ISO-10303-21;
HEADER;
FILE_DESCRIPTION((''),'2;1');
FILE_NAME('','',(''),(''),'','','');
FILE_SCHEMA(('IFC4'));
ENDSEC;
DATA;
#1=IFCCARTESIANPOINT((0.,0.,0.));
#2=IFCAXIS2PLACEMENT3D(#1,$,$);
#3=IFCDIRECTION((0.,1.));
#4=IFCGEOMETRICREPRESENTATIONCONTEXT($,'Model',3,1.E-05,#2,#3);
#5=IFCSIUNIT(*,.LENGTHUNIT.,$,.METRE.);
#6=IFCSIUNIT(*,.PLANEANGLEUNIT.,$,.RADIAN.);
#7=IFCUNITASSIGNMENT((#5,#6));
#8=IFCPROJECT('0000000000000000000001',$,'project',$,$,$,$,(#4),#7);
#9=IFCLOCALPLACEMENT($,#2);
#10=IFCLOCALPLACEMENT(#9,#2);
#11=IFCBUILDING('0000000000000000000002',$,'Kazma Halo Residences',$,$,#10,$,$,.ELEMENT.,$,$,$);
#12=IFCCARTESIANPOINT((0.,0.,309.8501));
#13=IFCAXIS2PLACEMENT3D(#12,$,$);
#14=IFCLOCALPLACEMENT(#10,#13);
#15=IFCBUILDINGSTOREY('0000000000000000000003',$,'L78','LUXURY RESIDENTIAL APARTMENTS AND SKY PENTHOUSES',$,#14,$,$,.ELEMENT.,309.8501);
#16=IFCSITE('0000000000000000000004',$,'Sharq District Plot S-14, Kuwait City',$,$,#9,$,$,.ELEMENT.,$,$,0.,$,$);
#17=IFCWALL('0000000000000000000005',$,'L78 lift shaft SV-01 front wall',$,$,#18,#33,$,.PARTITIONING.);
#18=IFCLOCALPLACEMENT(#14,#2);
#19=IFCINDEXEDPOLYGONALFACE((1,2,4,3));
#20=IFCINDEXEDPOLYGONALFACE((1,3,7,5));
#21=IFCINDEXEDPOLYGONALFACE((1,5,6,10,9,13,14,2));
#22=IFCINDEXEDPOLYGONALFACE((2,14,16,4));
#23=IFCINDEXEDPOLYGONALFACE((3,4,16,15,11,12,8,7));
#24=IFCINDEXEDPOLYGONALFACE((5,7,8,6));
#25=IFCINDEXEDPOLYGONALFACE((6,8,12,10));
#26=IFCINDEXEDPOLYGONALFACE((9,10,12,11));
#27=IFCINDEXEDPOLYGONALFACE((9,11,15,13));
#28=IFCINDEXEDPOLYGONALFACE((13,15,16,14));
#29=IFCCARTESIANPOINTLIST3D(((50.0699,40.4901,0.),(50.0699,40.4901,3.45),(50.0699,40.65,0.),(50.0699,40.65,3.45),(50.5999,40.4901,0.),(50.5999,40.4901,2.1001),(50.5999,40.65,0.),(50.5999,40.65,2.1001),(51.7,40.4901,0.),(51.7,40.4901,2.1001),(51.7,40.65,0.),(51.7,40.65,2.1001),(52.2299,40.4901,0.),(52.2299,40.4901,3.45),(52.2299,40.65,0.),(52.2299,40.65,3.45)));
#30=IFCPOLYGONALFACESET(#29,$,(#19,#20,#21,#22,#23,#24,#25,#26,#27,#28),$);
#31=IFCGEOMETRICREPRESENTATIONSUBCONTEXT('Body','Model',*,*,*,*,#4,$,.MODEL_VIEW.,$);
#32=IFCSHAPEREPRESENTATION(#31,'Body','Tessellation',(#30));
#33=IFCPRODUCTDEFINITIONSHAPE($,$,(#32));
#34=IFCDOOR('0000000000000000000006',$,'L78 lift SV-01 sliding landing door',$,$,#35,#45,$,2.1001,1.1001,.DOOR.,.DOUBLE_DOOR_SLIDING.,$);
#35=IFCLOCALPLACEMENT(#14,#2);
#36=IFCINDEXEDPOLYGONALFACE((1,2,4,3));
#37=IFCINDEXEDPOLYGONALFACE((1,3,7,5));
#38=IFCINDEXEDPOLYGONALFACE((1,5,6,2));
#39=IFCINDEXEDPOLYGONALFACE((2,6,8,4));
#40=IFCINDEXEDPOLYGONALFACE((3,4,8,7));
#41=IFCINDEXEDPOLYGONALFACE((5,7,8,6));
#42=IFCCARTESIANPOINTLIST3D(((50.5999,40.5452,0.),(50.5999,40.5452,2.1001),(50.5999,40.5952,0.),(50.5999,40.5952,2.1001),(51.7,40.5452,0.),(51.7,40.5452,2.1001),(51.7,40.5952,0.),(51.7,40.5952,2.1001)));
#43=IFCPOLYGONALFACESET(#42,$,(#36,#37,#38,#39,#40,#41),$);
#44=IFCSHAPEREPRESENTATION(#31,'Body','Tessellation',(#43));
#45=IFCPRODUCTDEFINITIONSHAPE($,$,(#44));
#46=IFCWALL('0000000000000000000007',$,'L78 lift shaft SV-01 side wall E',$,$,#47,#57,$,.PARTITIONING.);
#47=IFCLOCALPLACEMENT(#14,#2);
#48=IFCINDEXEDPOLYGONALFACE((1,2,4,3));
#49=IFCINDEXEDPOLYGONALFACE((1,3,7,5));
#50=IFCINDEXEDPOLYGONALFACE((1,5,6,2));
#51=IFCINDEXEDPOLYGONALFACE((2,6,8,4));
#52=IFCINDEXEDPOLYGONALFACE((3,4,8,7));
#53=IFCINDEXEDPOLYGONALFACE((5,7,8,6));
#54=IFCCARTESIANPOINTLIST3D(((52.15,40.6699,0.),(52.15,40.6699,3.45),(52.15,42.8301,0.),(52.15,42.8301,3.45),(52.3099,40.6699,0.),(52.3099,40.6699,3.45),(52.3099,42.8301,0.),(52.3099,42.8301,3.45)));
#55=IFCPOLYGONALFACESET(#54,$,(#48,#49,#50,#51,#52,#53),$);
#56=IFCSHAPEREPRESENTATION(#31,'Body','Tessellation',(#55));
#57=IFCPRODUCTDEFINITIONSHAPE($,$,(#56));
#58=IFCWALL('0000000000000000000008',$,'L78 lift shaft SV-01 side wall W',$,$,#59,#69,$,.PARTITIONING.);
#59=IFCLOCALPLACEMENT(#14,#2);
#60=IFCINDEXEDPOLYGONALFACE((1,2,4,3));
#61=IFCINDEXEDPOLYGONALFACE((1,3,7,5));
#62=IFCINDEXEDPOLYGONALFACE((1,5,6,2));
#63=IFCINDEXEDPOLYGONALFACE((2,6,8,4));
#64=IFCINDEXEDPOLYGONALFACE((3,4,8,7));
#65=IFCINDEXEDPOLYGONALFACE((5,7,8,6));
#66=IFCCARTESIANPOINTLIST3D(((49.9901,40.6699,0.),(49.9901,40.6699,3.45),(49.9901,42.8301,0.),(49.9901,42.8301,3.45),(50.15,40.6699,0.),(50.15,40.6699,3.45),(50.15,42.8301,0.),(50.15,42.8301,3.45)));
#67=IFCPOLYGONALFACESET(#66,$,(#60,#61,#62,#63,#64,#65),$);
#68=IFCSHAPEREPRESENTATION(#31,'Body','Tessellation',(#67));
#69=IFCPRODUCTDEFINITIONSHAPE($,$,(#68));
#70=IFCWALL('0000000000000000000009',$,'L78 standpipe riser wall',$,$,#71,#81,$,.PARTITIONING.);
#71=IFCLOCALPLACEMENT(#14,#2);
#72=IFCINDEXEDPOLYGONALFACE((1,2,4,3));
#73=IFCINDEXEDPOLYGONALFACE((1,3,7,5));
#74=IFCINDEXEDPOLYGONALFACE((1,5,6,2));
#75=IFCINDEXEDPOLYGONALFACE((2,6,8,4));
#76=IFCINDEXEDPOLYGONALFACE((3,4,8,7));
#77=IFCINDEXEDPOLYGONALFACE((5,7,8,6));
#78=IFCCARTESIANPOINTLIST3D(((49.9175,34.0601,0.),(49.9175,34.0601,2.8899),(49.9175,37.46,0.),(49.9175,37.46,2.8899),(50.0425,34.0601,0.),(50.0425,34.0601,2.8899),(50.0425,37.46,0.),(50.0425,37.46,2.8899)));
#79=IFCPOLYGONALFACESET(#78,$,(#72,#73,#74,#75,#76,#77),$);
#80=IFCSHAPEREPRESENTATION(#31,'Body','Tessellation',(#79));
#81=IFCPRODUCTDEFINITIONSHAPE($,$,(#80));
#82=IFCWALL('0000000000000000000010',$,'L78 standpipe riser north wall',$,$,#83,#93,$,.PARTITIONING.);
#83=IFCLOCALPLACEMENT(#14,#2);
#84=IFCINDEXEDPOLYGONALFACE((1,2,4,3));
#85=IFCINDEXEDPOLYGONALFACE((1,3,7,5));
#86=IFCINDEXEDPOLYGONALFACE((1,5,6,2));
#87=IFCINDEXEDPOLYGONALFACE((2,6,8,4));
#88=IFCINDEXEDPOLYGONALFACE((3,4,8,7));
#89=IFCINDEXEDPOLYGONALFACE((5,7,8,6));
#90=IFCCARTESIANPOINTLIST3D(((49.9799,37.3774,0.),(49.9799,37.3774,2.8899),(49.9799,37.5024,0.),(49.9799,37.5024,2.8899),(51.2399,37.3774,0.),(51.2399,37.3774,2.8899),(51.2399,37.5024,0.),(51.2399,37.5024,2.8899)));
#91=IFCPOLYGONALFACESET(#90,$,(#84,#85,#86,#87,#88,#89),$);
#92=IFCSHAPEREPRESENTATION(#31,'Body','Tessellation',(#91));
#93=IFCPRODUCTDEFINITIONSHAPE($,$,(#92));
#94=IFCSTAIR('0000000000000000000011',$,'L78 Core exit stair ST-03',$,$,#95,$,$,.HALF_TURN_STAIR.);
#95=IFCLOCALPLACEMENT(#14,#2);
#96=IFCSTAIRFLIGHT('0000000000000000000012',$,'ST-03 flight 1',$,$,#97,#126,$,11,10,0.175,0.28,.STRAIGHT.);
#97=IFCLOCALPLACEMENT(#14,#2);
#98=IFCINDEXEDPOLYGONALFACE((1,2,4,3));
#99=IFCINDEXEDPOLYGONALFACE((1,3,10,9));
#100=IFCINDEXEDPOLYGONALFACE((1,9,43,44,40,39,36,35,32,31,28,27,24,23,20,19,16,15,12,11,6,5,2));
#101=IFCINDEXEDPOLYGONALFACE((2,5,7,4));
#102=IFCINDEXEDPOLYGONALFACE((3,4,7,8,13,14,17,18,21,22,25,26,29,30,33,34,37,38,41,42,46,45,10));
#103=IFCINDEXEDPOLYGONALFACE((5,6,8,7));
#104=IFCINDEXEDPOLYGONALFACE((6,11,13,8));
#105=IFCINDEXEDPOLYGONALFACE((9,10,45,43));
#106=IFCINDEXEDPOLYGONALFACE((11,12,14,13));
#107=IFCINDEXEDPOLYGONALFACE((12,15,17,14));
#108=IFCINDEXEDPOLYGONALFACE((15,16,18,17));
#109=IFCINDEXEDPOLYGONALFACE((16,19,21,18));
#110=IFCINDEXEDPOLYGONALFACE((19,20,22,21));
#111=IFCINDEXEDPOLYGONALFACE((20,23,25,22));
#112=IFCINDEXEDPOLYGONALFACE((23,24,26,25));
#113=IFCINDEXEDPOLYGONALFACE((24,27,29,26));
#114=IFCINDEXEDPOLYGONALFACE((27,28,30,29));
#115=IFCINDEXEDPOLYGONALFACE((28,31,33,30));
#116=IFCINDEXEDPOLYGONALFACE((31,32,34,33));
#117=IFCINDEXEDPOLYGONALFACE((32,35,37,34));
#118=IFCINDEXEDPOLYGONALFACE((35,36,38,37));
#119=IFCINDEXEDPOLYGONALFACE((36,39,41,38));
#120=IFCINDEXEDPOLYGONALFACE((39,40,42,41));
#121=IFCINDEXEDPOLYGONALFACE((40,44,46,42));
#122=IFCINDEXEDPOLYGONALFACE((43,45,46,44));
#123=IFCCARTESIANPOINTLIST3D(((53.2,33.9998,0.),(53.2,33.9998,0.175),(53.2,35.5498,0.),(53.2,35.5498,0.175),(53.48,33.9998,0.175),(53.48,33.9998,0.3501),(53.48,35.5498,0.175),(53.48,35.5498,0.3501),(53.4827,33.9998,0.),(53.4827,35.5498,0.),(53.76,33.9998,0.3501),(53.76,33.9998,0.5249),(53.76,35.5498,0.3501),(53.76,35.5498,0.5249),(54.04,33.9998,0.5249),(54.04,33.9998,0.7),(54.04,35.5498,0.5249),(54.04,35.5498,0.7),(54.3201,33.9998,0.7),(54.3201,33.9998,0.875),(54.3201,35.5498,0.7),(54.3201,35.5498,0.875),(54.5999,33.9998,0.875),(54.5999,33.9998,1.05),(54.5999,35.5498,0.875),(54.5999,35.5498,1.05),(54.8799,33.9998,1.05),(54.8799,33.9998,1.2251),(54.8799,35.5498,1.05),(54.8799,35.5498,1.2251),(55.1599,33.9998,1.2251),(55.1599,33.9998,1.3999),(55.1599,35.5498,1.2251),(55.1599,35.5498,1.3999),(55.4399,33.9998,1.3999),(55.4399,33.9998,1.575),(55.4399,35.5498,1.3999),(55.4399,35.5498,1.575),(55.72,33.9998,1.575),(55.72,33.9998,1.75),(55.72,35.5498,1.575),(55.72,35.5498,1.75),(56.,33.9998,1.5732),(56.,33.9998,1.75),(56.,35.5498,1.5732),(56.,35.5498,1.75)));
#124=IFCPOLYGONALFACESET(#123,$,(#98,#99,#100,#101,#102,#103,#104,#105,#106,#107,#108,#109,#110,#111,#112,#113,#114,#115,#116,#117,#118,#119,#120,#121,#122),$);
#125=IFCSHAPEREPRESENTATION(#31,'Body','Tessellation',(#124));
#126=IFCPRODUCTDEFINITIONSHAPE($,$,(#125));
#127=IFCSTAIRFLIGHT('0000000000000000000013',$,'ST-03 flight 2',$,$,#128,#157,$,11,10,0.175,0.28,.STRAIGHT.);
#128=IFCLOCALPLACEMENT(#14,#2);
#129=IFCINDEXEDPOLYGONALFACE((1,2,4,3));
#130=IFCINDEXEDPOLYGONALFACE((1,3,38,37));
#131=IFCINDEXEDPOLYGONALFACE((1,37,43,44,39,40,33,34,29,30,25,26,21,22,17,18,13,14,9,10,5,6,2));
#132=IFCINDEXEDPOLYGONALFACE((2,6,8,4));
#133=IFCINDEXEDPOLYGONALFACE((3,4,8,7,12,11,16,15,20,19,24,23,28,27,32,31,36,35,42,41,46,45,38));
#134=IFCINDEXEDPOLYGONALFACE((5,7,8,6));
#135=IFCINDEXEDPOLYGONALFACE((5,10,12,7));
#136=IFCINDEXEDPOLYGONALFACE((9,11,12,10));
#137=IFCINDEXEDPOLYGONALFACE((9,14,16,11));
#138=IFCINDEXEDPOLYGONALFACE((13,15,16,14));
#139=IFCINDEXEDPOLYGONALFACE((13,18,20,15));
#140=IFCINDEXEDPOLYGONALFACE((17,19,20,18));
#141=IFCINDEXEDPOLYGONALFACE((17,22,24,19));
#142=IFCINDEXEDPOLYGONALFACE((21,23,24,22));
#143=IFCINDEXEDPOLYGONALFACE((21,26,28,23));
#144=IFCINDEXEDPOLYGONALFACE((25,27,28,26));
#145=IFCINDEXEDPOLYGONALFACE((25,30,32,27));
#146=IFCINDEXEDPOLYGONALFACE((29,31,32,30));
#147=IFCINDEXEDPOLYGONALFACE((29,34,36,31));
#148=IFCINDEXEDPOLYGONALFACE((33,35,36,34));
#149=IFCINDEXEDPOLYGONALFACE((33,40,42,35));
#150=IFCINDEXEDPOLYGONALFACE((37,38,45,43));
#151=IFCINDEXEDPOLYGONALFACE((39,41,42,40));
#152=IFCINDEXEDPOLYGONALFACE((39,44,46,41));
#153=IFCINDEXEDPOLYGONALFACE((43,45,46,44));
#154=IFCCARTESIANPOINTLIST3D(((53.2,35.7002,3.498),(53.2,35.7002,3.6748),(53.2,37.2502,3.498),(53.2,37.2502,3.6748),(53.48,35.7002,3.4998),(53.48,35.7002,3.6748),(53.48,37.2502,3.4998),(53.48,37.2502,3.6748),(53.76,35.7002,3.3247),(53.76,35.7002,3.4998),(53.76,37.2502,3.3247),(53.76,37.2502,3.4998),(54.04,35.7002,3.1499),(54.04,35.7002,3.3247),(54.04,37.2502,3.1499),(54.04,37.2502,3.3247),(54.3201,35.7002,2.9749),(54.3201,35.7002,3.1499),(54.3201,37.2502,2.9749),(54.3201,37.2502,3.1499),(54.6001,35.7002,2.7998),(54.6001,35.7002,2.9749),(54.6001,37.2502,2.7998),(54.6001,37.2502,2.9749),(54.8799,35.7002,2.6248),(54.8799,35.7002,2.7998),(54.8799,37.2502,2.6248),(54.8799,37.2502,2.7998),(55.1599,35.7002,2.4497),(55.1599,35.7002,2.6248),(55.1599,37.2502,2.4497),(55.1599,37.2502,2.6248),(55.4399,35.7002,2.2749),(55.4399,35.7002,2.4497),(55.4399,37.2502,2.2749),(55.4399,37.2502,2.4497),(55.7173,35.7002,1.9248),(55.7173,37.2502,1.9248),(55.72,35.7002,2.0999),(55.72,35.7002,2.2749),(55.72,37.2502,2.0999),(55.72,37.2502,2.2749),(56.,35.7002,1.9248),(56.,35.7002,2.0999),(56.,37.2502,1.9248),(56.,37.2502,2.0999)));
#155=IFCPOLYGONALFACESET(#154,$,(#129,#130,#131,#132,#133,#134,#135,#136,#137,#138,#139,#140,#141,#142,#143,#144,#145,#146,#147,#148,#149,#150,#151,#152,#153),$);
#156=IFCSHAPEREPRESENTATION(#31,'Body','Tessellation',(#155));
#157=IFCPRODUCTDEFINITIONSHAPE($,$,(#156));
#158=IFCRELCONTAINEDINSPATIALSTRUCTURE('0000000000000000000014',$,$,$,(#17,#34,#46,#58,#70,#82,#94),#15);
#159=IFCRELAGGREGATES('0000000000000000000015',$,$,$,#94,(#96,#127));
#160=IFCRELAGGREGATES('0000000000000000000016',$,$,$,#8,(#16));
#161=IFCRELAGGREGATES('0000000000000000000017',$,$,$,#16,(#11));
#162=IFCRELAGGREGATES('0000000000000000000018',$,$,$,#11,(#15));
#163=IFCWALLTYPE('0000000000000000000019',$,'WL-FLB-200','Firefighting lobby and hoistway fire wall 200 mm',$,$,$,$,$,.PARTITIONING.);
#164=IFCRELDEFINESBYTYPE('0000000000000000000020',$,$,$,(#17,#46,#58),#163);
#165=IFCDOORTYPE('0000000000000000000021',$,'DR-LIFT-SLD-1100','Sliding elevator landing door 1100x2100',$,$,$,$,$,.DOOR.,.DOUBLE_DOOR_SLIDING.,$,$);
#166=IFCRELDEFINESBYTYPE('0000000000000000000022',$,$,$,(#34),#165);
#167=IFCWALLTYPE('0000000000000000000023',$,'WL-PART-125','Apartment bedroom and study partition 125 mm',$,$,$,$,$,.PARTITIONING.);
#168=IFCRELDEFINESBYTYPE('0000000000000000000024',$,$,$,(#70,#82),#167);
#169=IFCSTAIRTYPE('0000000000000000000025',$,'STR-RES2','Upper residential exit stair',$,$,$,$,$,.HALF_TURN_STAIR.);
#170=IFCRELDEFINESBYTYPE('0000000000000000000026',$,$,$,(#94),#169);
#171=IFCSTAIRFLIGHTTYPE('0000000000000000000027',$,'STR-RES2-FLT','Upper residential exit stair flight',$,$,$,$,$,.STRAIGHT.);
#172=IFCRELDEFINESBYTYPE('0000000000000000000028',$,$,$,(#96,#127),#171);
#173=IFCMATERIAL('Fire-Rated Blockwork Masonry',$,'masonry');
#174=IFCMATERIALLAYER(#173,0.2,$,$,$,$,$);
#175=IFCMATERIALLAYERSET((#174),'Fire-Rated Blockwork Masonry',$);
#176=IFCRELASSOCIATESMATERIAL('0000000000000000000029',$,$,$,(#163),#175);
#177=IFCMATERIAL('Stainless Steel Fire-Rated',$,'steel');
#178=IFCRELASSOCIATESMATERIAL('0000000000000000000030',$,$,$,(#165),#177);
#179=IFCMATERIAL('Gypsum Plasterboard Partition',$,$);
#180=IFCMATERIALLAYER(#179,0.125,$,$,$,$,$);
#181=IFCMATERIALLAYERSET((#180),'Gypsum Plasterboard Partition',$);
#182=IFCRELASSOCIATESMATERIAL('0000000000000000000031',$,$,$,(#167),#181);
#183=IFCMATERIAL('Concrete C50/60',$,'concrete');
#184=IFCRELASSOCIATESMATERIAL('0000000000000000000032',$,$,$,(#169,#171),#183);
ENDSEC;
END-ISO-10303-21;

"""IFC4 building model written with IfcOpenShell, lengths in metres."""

from ifc_helpers import new_model, si_unit, direction, frame, frame_2d, origin, place, context, subcontext, project, spatial, polyline, rectangle, outline, extrude, material, layer, layer_set, type_object, element, fill, aggregate, save


model = new_model("IFC4")

# Units and contexts
model_context = context("Model", 3, precision=1e-05, world=origin(), true_north=direction((0.0, 1.0)))
body_context = subcontext(model_context, "Body", "Model", "MODEL_VIEW")
ifc_project = project(units=[si_unit("LENGTHUNIT", "METRE"), si_unit("PLANEANGLEUNIT", "RADIAN")], contexts=[model_context])

# Site, building, storey
site_placement = place(None, origin())
site = spatial("IfcSite", under=ifc_project, at=site_placement, Name="Sharq District Plot S-14, Kuwait City", CompositionType="ELEMENT", RefElevation=0.0)
building_placement = place(site_placement, origin())
building = spatial("IfcBuilding", under=site, at=building_placement, Name="Kazma Halo Residences", CompositionType="ELEMENT")
storey_placement = place(building_placement, frame((0.0, 0.0, 309.8501)))
storey = spatial("IfcBuildingStorey", under=building, at=storey_placement, Name="L78", Description="LUXURY RESIDENTIAL APARTMENTS AND SKY PENTHOUSES", CompositionType="ELEMENT", Elevation=309.8501)

# Shared definitions
ifc_material_1 = material(Name="Fire-Rated Blockwork Masonry", Category="masonry")
ifc_layer_1 = layer(ifc_material_1, 0.2)
ifc_layer_set_1 = layer_set([ifc_layer_1], Name="Fire-Rated Blockwork Masonry")
wall_type_1 = type_object("IfcWallType", Name="WL-FLB-200", Description="Firefighting lobby and hoistway fire wall 200 mm", PredefinedType="PARTITIONING", material=ifc_layer_set_1)
ifc_material_2 = material(Name="Stainless Steel Fire-Rated", Category="steel")
door_type_1 = type_object("IfcDoorType", Name="DR-LIFT-SLD-1100", Description="Sliding elevator landing door 1100x2100", OperationType="DOUBLE_DOOR_SLIDING", PredefinedType="DOOR", material=ifc_material_2)

# Wall, opening, door
wall_1_placement = place(storey_placement, frame((52.23, 40.5701, 0.0), z_axis=(0.0, 0.0, 1.0), x_axis=(-1.0, 0.0, 0.0)))
wall_1 = element("IfcWall", 1, at=wall_1_placement, inside=storey, type_object=wall_type_1, Name="L78 lift shaft SV-01 front wall", PredefinedType="PARTITIONING", context=body_context, shape_type="SweptSolid", body=[
    extrude(rectangle(XDim=2.1599, YDim=0.1599, at=frame_2d((1.0801, 0.0))), origin(), (0.0, 0.0, 1.0), 3.45),
])
opening_1_placement = place(wall_1_placement, frame((0.53, 0.0, 0.0)))
opening_1 = element("IfcOpeningElement", 2, at=opening_1_placement, cuts=wall_1, PredefinedType="OPENING", context=body_context, shape_type="SweptSolid", body=[
    extrude(rectangle(XDim=1.1001, YDim=2.1001, at=frame_2d((0.55, 1.05))), frame((0.0, 0.0898, 0.0), z_axis=(0.0, -1.0, 0.0), x_axis=(1.0, 0.0, 0.0)), (0.0, 0.0, 1.0), 0.1799),
])
door_1_placement = place(opening_1_placement, origin())
door_1 = element("IfcDoor", 3, at=door_1_placement, inside=storey, type_object=door_type_1, Name="L78 lift SV-01 sliding landing door", OperationType="DOUBLE_DOOR_SLIDING", OverallHeight=2.1001, OverallWidth=1.1001, PredefinedType="DOOR", context=body_context, shape_type="SweptSolid", body=[
    extrude(rectangle(XDim=1.1001, YDim=2.1001, at=frame_2d((0.55, 1.05))), frame((0.0, 0.0249, 0.0), z_axis=(0.0, -1.0, 0.0), x_axis=(1.0, 0.0, 0.0)), (0.0, 0.0, 1.0), 0.05),
])
fill(opening_1, door_1)

# Walls
for number, where, z_axis, x_axis, name in (
    (4, (52.23, 40.6699, 0.0), (0.0, 0.0, 1.0), (0.0, 1.0, 0.0), "L78 lift shaft SV-01 side wall E"),
    (5, (50.0701, 40.6699, 0.0), (0.0, 0.0, 1.0), (0.0, 1.0, 0.0), "L78 lift shaft SV-01 side wall W"),
):
    element("IfcWall", number, at=place(storey_placement, frame(where, z_axis=z_axis, x_axis=x_axis)), inside=storey, type_object=wall_type_1, Name=name, PredefinedType="PARTITIONING", context=body_context, shape_type="SweptSolid", body=[
        extrude(rectangle(XDim=2.1602, YDim=0.1599, at=frame_2d((1.0801, 0.0))), origin(), (0.0, 0.0, 1.0), 3.45),
    ])
ifc_material_3 = material(Name="Gypsum Plasterboard Partition")
ifc_layer_2 = layer(ifc_material_3, 0.125)
ifc_layer_set_2 = layer_set([ifc_layer_2], Name="Gypsum Plasterboard Partition")
wall_type_2 = type_object("IfcWallType", Name="WL-PART-125", Description="Apartment bedroom and study partition 125 mm", PredefinedType="PARTITIONING", material=ifc_layer_set_2)
wall_2_placement = place(storey_placement, frame((49.98, 34.0601, 0.0), z_axis=(0.0, 0.0, 1.0), x_axis=(0.0, 1.0, 0.0)))
element("IfcWall", 6, at=wall_2_placement, inside=storey, type_object=wall_type_2, Name="L78 standpipe riser wall", PredefinedType="PARTITIONING", context=body_context, shape_type="SweptSolid", body=[
    extrude(rectangle(XDim=3.3999, YDim=0.125, at=frame_2d((1.7, 0.0))), origin(), (0.0, 0.0, 1.0), 2.8899),
])
wall_3_placement = place(storey_placement, frame((49.98, 37.4399, 0.0), z_axis=(0.0, 0.0, 1.0), x_axis=(1.0, 0.0, 0.0)))
element("IfcWall", 7, at=wall_3_placement, inside=storey, type_object=wall_type_2, Name="L78 standpipe riser north wall", PredefinedType="PARTITIONING", context=body_context, shape_type="SweptSolid", body=[
    extrude(rectangle(XDim=1.26, YDim=0.125, at=frame_2d((0.6299, 0.0))), origin(), (0.0, 0.0, 1.0), 2.8899),
])

# Shared definitions
ifc_material_4 = material(Name="Concrete C50/60", Category="concrete")

# Stair, stair flights
stair_type = type_object("IfcStairType", Name="STR-RES2", Description="Upper residential exit stair", PredefinedType="HALF_TURN_STAIR", material=ifc_material_4)
stair_placement = place(storey_placement, origin())
stair = element("IfcStair", 8, at=stair_placement, inside=storey, type_object=stair_type, Name="L78 Core exit stair ST-03", PredefinedType="HALF_TURN_STAIR")
stair_flight_type = type_object("IfcStairFlightType", Name="STR-RES2-FLT", Description="Upper residential exit stair flight", PredefinedType="STRAIGHT", material=ifc_material_4)
stair_flight_1_placement = place(storey_placement, frame((53.2, 34.7749, 0.0), z_axis=(0.0, 0.0, 1.0), x_axis=(1.0, 0.0, 0.0)))
stair_flight_1 = element("IfcStairFlight", 9, at=stair_flight_1_placement, type_object=stair_flight_type, Name="ST-03 flight 1", NumberOfRisers=11, NumberOfTreads=10, PredefinedType="STRAIGHT", RiserHeight=0.175, TreadLength=0.28, context=body_context, shape_type="SweptSolid", body=[
    extrude(outline(polyline([(0.0, 0.0), (0.0, 0.175), (0.28, 0.175), (0.28, 0.3501), (0.5601, 0.3501), (0.5601, 0.5249), (0.8401, 0.5249), (0.8401, 0.7), (1.1201, 0.7), (1.1201, 0.875), (1.3999, 0.875), (1.3999, 1.05), (1.6799, 1.05), (1.6799, 1.2251), (1.96, 1.2251), (1.96, 1.3999), (2.24, 1.3999), (2.24, 1.575), (2.52, 1.575), (2.52, 1.75), (2.8, 1.75), (2.8, 1.925), (2.8, 1.5732), (0.2827, 0.0), (0.0, 0.0)])), frame((0.0, 0.7749, 0.0), z_axis=(0.0, -1.0, 0.0), x_axis=(1.0, 0.0, 0.0)), (0.0, 0.0, 1.0), 1.55),
])
stair_flight_2_placement = place(storey_placement, frame((56.0, 36.4751, 1.9248), z_axis=(0.0, 0.0, 1.0), x_axis=(-1.0, 0.0, 0.0)))
stair_flight_2 = element("IfcStairFlight", 10, at=stair_flight_2_placement, type_object=stair_flight_type, Name="ST-03 flight 2", NumberOfRisers=11, NumberOfTreads=10, PredefinedType="STRAIGHT", RiserHeight=0.175, TreadLength=0.28, context=body_context, shape_type="SweptSolid", body=[
    extrude(outline(polyline([(0.0, 0.0), (0.0, 0.175), (0.28, 0.175), (0.28, 0.3501), (0.5601, 0.3501), (0.5601, 0.5249), (0.8401, 0.5249), (0.8401, 0.7), (1.1201, 0.7), (1.1201, 0.875), (1.3999, 0.875), (1.3999, 1.05), (1.6799, 1.05), (1.6799, 1.2251), (1.96, 1.2251), (1.96, 1.3999), (2.24, 1.3999), (2.24, 1.575), (2.52, 1.575), (2.52, 1.75), (2.8, 1.75), (2.8, 1.925), (2.8, 1.5732), (0.2827, 0.0), (0.0, 0.0)])), frame((0.0, 0.7749, 0.0), z_axis=(0.0, -1.0, 0.0), x_axis=(1.0, 0.0, 0.0)), (0.0, 0.0, 1.0), 1.55),
])
aggregate(stair, [stair_flight_1, stair_flight_2])

save(model, "model.ifc")
